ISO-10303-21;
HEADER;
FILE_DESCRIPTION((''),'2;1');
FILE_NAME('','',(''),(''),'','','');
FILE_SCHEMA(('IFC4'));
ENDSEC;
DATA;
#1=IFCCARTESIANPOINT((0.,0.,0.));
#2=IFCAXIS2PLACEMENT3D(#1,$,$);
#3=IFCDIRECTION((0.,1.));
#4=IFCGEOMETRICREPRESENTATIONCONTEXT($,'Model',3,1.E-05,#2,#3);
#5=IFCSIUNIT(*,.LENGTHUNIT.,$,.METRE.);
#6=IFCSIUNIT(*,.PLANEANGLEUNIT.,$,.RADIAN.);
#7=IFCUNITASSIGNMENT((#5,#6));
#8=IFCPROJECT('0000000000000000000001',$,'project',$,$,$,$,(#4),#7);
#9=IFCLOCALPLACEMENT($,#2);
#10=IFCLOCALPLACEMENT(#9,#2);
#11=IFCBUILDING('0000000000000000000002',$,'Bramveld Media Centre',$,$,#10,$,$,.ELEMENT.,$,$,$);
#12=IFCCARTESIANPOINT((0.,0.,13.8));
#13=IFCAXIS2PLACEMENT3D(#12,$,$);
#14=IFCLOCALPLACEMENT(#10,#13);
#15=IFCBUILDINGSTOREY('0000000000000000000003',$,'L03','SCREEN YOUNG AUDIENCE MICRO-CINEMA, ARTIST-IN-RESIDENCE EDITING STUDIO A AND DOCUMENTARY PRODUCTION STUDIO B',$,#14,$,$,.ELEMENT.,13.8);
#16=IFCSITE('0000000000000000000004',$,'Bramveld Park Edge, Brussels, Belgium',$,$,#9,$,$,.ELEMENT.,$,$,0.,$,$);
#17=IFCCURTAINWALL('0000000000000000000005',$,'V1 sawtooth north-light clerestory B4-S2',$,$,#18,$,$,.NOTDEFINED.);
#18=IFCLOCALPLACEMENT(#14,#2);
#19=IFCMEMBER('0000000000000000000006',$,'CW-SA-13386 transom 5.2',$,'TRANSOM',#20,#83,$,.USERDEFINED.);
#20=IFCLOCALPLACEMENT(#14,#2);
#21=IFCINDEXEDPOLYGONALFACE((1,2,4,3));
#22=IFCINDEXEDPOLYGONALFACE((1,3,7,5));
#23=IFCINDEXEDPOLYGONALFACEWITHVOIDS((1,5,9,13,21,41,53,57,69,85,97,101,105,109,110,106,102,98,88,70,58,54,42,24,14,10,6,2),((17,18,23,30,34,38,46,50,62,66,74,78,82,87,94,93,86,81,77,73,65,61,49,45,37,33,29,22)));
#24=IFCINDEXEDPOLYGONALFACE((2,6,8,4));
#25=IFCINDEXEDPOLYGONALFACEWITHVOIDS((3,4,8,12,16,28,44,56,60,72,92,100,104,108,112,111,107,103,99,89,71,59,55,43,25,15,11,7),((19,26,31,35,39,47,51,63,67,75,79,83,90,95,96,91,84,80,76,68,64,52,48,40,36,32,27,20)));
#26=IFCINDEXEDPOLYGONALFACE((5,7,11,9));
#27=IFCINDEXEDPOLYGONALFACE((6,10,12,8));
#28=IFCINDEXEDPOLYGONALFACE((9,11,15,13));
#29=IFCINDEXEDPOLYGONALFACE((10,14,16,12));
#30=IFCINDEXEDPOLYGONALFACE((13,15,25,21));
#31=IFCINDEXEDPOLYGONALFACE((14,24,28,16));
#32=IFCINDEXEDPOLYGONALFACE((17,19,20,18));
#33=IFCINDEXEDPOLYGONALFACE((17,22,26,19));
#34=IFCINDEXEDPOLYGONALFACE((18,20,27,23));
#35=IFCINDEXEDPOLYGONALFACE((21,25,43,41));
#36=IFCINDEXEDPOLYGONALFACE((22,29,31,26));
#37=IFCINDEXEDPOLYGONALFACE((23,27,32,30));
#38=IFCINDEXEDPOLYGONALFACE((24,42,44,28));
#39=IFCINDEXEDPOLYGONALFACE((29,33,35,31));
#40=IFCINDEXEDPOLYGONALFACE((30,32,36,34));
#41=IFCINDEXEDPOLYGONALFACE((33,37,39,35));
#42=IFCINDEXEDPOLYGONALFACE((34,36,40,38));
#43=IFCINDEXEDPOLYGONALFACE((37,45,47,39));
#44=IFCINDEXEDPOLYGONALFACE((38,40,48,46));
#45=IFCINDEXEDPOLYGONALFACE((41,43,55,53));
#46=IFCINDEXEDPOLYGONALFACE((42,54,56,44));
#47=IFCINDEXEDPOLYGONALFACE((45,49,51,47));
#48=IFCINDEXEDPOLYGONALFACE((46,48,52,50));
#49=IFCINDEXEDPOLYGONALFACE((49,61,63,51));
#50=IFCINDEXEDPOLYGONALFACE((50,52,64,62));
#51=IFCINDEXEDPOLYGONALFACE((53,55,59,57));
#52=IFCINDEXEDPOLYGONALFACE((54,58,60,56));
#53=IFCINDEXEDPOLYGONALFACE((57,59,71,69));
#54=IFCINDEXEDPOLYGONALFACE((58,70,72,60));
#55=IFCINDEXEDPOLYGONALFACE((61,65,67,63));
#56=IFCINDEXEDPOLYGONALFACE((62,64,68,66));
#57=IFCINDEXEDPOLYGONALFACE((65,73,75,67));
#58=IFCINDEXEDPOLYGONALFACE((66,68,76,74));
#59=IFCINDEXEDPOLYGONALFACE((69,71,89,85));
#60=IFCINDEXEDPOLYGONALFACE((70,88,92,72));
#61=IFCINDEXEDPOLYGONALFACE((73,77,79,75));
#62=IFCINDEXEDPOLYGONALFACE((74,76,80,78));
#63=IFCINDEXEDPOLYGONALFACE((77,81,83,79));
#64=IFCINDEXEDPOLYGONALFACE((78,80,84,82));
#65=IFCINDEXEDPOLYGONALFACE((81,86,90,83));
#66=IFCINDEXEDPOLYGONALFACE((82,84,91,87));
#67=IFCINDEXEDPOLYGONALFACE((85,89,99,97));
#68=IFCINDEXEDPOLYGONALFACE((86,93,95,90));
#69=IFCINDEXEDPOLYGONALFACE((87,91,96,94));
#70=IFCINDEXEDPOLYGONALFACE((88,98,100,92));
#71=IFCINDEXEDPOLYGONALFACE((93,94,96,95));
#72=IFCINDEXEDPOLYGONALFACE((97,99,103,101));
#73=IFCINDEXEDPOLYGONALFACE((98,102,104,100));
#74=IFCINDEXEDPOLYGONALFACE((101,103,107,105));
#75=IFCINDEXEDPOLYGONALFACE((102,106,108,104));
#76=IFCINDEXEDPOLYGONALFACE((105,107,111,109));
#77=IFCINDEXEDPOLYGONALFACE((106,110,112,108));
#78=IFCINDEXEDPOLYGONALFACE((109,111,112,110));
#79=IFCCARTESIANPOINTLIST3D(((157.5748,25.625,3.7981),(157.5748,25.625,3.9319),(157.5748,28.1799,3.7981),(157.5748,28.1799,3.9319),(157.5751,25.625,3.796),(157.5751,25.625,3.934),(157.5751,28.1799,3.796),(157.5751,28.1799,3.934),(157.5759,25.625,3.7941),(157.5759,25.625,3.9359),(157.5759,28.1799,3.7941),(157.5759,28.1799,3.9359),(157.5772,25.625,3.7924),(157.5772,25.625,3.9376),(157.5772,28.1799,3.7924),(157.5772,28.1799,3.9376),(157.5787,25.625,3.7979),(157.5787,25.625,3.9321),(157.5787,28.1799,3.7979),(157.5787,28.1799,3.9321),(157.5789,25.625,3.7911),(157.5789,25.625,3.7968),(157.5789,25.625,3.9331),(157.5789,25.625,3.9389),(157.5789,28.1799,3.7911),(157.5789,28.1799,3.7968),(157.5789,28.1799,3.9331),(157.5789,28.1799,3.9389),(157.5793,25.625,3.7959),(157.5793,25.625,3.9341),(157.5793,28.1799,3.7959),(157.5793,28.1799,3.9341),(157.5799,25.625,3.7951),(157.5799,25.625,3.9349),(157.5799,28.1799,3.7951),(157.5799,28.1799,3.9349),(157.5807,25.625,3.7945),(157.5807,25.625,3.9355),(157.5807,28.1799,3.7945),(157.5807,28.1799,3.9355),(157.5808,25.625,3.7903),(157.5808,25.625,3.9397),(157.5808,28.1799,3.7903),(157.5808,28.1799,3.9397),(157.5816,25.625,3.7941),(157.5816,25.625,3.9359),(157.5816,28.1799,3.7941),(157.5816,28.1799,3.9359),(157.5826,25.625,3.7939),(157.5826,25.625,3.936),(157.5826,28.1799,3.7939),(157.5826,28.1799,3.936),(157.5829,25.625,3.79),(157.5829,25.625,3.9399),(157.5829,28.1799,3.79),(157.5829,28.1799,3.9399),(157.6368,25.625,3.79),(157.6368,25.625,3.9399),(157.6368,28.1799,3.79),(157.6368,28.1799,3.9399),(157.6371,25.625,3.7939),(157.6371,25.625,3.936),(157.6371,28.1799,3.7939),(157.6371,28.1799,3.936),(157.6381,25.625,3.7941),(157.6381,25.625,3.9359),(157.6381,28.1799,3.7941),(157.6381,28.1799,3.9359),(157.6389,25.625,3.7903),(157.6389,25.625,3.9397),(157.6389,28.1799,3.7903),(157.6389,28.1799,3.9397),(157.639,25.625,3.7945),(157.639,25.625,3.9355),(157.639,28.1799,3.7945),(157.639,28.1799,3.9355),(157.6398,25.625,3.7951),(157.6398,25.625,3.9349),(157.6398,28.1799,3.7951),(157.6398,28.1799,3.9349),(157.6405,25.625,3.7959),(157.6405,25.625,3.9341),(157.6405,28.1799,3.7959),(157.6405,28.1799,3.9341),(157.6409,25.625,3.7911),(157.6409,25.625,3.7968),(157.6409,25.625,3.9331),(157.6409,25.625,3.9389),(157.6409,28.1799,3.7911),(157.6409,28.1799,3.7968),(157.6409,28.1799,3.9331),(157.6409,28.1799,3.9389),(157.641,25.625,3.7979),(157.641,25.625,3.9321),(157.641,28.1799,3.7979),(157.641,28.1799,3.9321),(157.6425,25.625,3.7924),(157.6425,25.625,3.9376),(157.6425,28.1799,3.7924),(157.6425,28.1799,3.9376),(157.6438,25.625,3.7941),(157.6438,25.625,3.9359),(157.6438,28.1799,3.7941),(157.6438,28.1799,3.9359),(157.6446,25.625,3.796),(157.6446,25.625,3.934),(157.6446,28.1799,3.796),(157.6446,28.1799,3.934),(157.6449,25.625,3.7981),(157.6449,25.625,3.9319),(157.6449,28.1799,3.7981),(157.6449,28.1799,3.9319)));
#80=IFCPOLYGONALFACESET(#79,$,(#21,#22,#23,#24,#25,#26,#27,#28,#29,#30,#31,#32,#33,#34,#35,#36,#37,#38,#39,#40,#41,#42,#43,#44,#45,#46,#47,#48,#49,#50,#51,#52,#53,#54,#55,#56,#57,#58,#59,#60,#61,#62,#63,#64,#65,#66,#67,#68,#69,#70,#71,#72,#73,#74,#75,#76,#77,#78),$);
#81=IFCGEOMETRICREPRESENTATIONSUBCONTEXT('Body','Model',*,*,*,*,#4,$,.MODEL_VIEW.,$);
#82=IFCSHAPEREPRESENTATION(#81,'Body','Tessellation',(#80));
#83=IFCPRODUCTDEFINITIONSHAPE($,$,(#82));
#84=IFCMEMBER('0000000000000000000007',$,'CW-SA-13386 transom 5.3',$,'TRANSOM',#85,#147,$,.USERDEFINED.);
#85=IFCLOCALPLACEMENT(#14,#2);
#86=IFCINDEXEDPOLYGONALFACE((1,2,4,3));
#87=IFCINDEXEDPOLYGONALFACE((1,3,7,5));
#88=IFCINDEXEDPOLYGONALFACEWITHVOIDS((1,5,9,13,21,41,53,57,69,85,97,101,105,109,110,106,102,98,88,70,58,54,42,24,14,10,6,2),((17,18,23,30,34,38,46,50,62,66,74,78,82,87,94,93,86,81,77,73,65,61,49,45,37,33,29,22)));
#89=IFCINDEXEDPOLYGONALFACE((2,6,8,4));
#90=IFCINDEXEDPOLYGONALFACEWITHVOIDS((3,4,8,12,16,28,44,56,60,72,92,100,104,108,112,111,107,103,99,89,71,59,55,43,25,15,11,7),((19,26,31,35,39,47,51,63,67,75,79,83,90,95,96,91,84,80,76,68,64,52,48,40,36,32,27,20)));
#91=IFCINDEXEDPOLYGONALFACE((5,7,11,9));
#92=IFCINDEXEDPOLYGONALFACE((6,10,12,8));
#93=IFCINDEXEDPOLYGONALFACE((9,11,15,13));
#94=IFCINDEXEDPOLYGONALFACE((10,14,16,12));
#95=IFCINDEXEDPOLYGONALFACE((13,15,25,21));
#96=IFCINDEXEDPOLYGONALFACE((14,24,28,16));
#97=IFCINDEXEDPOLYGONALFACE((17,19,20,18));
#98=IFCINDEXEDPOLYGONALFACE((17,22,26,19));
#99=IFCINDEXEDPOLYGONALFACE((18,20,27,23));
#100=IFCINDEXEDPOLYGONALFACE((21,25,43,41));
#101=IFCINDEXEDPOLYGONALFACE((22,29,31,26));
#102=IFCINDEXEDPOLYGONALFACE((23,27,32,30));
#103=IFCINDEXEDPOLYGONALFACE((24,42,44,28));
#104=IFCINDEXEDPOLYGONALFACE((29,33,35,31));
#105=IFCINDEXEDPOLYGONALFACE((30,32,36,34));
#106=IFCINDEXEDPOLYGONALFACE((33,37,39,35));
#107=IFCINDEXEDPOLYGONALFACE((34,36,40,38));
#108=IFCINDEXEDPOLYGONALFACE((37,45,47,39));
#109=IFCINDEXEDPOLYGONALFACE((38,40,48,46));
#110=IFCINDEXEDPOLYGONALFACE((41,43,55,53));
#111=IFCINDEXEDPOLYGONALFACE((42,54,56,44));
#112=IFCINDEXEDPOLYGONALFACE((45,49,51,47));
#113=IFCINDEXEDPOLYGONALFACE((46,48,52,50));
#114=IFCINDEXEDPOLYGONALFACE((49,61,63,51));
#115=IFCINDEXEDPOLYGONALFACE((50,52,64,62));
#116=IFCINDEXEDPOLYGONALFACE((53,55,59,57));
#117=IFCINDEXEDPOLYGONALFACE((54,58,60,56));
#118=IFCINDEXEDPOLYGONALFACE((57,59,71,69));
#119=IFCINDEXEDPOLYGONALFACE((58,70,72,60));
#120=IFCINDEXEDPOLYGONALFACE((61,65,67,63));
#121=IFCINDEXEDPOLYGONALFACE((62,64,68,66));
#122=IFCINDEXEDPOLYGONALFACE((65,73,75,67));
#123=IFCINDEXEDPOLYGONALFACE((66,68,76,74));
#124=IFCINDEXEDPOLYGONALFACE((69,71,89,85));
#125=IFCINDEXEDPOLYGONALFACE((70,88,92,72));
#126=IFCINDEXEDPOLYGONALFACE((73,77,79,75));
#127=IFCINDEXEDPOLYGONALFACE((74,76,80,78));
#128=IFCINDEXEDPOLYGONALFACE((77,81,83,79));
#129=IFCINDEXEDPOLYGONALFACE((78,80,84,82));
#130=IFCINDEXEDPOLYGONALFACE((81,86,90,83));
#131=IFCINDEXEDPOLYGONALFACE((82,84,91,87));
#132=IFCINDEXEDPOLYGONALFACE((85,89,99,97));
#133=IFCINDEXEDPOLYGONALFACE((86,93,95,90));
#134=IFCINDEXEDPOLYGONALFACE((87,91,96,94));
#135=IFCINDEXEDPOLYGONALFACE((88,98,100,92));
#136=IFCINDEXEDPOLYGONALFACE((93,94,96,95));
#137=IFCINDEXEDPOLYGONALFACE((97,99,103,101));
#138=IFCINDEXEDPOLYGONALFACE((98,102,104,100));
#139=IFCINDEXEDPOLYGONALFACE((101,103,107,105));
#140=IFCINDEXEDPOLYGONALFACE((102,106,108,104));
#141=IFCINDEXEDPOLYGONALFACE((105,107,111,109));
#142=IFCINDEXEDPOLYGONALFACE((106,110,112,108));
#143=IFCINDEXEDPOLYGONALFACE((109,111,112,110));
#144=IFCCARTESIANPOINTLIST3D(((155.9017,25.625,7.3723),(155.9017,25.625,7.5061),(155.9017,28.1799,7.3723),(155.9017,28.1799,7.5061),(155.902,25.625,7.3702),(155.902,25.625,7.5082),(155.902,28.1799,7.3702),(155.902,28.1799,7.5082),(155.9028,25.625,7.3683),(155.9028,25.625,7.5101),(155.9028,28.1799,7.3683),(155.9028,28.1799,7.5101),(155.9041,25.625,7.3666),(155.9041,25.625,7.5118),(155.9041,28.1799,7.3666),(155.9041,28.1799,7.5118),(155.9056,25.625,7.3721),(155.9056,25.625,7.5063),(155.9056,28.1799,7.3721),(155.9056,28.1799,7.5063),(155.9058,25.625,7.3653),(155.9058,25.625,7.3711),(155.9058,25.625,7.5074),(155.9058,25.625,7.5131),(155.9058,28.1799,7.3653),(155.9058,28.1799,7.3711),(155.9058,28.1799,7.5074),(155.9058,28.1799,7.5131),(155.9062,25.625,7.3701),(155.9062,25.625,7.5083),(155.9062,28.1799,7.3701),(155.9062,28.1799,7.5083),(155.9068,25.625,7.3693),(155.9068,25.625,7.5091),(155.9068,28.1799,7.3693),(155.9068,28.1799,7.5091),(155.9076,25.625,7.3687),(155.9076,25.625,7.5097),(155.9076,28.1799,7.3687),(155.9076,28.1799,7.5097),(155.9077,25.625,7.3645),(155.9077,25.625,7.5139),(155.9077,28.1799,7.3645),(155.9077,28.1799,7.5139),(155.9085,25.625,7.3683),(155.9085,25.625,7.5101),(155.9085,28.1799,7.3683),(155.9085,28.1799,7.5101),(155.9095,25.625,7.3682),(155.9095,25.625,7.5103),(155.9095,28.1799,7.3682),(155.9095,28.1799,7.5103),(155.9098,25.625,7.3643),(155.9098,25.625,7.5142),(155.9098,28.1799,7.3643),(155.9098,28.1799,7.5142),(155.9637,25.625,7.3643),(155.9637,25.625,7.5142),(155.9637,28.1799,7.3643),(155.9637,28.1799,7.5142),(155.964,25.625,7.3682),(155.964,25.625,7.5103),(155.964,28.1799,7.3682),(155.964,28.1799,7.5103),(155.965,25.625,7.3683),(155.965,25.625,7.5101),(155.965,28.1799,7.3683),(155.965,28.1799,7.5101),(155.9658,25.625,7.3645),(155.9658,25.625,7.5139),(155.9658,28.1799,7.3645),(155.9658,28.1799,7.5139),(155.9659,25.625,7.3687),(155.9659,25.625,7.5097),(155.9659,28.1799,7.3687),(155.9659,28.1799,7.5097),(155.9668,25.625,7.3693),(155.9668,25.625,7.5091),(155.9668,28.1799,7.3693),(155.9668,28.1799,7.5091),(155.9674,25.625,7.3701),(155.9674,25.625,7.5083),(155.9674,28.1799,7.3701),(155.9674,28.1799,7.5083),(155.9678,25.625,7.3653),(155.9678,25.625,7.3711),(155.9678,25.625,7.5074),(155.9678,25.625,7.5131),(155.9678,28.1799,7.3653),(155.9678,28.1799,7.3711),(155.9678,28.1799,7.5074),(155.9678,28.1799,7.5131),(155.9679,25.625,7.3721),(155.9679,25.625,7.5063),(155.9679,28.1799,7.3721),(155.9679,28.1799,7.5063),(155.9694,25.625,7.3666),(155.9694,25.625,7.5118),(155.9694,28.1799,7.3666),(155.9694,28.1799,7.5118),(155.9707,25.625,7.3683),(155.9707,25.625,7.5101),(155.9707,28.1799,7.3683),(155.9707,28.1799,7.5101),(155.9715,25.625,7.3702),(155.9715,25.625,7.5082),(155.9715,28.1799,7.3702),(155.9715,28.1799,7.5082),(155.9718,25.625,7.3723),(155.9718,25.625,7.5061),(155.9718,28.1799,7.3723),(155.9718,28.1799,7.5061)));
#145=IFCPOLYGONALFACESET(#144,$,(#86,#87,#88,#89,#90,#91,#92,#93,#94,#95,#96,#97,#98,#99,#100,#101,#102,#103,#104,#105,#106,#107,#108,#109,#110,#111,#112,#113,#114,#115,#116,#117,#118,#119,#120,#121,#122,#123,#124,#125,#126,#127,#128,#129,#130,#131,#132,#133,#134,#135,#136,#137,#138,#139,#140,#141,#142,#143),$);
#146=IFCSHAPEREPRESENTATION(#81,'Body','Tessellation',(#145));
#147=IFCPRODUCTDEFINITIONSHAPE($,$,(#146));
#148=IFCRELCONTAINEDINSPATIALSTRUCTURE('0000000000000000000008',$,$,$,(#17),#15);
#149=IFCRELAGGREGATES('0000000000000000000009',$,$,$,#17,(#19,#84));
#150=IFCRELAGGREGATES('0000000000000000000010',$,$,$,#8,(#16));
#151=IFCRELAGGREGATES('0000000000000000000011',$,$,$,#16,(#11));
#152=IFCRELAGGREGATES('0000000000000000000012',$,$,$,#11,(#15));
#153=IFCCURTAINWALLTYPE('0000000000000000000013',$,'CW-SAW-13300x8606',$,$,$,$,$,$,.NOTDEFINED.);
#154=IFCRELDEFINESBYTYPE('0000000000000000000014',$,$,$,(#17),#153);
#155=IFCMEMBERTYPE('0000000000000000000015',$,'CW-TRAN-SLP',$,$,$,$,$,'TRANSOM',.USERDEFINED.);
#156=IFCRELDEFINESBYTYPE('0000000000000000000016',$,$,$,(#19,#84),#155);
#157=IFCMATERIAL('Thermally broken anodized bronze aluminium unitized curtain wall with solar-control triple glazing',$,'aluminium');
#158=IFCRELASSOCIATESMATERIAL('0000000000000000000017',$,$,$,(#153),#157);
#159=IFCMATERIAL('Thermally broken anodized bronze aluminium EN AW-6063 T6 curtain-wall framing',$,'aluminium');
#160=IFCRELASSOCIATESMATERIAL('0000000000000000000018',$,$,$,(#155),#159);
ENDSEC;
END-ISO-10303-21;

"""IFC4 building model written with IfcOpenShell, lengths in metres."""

from ifc_helpers import new_model, si_unit, direction, frame, origin, origin_2d, place, context, subcontext, project, spatial, hollow_rectangle, extrude, material, material_profile, profile_set, type_object, element, aggregate, save


model = new_model("IFC4")

# Units and contexts
model_context = context("Model", 3, precision=1e-05, world=origin(), true_north=direction((0.0, 1.0)))
body_context = subcontext(model_context, "Body", "Model", "MODEL_VIEW")
ifc_project = project(units=[si_unit("LENGTHUNIT", "METRE"), si_unit("PLANEANGLEUNIT", "RADIAN")], contexts=[model_context])

# Site, building, storey
site_placement = place(None, origin())
site = spatial("IfcSite", under=ifc_project, at=site_placement, Name="Bramveld Park Edge, Brussels, Belgium", CompositionType="ELEMENT", RefElevation=0.0)
building_placement = place(site_placement, origin())
building = spatial("IfcBuilding", under=site, at=building_placement, Name="Bramveld Media Centre", CompositionType="ELEMENT")
storey_placement = place(building_placement, frame((0.0, 0.0, 13.8)))
storey = spatial("IfcBuildingStorey", under=building, at=storey_placement, Name="L03", Description="SCREEN YOUNG AUDIENCE MICRO-CINEMA, ARTIST-IN-RESIDENCE EDITING STUDIO A AND DOCUMENTARY PRODUCTION STUDIO B", CompositionType="ELEMENT", Elevation=13.8)

# Shared definitions
ifc_material_1 = material(Name="Thermally broken anodized bronze aluminium unitized curtain wall with solar-control triple glazing", Category="aluminium")
curtain_wall_type_1 = type_object("IfcCurtainWallType", Name="CW-SAW-13300x8606", PredefinedType="NOTDEFINED", material=ifc_material_1)

# Shared definitions
ifc_material_2 = material(Name="Thermally broken anodized bronze aluminium EN AW-6063 T6 curtain-wall framing", Category="aluminium")
ifc_material_profile_1 = material_profile(ifc_material_2, hollow_rectangle(XDim=0.0701, YDim=0.1499, WallThickness=0.0039, InnerFilletRadius=0.0039, OuterFilletRadius=0.0081, at=origin_2d()), Name="AL-TRAN 70x150")
ifc_profile_set_1 = profile_set([ifc_material_profile_1], Name="Thermally broken anodized bronze aluminium EN AW-6063 T6 curtain-wall framing")
member_type_1 = type_object("IfcMemberType", Name="CW-TRAN-SLP", ElementType="TRANSOM", PredefinedType="USERDEFINED", material=ifc_profile_set_1)

# Curtain wall, members
curtain_wall_1_placement = place(storey_placement, origin())
curtain_wall_1 = element("IfcCurtainWall", 1, at=curtain_wall_1_placement, inside=storey, type_object=curtain_wall_type_1, Name="V1 sawtooth north-light clerestory B4-S2", PredefinedType="NOTDEFINED")
member_1_placement = place(storey_placement, frame((157.6099, 25.625, 3.865), z_axis=(0.0, 1.0, 0.0), x_axis=(-1.0, 0.0, 0.0)))
member_1 = element("IfcMember", 2, at=member_1_placement, type_object=member_type_1, Name="CW-SA-13386 transom 5.2", ObjectType="TRANSOM", PredefinedType="USERDEFINED", context=body_context, shape_type="SweptSolid", body=[
    extrude(hollow_rectangle(XDim=0.0701, YDim=0.1499, WallThickness=0.0039, InnerFilletRadius=0.0039, OuterFilletRadius=0.0081, at=origin_2d()), origin(), (0.0, 0.0, 1.0), 2.5549),
])
member_2_placement = place(storey_placement, frame((155.9368, 25.625, 7.4392), z_axis=(0.0, 1.0, 0.0), x_axis=(-1.0, 0.0, 0.0)))
member_2 = element("IfcMember", 3, at=member_2_placement, type_object=member_type_1, Name="CW-SA-13386 transom 5.3", ObjectType="TRANSOM", PredefinedType="USERDEFINED", context=body_context, shape_type="SweptSolid", body=[
    extrude(hollow_rectangle(XDim=0.0701, YDim=0.1499, WallThickness=0.0039, InnerFilletRadius=0.0039, OuterFilletRadius=0.0081, at=origin_2d()), origin(), (0.0, 0.0, 1.0), 2.5549),
])

aggregate(curtain_wall_1, [member_1, member_2])

save(model, "model.ifc")
